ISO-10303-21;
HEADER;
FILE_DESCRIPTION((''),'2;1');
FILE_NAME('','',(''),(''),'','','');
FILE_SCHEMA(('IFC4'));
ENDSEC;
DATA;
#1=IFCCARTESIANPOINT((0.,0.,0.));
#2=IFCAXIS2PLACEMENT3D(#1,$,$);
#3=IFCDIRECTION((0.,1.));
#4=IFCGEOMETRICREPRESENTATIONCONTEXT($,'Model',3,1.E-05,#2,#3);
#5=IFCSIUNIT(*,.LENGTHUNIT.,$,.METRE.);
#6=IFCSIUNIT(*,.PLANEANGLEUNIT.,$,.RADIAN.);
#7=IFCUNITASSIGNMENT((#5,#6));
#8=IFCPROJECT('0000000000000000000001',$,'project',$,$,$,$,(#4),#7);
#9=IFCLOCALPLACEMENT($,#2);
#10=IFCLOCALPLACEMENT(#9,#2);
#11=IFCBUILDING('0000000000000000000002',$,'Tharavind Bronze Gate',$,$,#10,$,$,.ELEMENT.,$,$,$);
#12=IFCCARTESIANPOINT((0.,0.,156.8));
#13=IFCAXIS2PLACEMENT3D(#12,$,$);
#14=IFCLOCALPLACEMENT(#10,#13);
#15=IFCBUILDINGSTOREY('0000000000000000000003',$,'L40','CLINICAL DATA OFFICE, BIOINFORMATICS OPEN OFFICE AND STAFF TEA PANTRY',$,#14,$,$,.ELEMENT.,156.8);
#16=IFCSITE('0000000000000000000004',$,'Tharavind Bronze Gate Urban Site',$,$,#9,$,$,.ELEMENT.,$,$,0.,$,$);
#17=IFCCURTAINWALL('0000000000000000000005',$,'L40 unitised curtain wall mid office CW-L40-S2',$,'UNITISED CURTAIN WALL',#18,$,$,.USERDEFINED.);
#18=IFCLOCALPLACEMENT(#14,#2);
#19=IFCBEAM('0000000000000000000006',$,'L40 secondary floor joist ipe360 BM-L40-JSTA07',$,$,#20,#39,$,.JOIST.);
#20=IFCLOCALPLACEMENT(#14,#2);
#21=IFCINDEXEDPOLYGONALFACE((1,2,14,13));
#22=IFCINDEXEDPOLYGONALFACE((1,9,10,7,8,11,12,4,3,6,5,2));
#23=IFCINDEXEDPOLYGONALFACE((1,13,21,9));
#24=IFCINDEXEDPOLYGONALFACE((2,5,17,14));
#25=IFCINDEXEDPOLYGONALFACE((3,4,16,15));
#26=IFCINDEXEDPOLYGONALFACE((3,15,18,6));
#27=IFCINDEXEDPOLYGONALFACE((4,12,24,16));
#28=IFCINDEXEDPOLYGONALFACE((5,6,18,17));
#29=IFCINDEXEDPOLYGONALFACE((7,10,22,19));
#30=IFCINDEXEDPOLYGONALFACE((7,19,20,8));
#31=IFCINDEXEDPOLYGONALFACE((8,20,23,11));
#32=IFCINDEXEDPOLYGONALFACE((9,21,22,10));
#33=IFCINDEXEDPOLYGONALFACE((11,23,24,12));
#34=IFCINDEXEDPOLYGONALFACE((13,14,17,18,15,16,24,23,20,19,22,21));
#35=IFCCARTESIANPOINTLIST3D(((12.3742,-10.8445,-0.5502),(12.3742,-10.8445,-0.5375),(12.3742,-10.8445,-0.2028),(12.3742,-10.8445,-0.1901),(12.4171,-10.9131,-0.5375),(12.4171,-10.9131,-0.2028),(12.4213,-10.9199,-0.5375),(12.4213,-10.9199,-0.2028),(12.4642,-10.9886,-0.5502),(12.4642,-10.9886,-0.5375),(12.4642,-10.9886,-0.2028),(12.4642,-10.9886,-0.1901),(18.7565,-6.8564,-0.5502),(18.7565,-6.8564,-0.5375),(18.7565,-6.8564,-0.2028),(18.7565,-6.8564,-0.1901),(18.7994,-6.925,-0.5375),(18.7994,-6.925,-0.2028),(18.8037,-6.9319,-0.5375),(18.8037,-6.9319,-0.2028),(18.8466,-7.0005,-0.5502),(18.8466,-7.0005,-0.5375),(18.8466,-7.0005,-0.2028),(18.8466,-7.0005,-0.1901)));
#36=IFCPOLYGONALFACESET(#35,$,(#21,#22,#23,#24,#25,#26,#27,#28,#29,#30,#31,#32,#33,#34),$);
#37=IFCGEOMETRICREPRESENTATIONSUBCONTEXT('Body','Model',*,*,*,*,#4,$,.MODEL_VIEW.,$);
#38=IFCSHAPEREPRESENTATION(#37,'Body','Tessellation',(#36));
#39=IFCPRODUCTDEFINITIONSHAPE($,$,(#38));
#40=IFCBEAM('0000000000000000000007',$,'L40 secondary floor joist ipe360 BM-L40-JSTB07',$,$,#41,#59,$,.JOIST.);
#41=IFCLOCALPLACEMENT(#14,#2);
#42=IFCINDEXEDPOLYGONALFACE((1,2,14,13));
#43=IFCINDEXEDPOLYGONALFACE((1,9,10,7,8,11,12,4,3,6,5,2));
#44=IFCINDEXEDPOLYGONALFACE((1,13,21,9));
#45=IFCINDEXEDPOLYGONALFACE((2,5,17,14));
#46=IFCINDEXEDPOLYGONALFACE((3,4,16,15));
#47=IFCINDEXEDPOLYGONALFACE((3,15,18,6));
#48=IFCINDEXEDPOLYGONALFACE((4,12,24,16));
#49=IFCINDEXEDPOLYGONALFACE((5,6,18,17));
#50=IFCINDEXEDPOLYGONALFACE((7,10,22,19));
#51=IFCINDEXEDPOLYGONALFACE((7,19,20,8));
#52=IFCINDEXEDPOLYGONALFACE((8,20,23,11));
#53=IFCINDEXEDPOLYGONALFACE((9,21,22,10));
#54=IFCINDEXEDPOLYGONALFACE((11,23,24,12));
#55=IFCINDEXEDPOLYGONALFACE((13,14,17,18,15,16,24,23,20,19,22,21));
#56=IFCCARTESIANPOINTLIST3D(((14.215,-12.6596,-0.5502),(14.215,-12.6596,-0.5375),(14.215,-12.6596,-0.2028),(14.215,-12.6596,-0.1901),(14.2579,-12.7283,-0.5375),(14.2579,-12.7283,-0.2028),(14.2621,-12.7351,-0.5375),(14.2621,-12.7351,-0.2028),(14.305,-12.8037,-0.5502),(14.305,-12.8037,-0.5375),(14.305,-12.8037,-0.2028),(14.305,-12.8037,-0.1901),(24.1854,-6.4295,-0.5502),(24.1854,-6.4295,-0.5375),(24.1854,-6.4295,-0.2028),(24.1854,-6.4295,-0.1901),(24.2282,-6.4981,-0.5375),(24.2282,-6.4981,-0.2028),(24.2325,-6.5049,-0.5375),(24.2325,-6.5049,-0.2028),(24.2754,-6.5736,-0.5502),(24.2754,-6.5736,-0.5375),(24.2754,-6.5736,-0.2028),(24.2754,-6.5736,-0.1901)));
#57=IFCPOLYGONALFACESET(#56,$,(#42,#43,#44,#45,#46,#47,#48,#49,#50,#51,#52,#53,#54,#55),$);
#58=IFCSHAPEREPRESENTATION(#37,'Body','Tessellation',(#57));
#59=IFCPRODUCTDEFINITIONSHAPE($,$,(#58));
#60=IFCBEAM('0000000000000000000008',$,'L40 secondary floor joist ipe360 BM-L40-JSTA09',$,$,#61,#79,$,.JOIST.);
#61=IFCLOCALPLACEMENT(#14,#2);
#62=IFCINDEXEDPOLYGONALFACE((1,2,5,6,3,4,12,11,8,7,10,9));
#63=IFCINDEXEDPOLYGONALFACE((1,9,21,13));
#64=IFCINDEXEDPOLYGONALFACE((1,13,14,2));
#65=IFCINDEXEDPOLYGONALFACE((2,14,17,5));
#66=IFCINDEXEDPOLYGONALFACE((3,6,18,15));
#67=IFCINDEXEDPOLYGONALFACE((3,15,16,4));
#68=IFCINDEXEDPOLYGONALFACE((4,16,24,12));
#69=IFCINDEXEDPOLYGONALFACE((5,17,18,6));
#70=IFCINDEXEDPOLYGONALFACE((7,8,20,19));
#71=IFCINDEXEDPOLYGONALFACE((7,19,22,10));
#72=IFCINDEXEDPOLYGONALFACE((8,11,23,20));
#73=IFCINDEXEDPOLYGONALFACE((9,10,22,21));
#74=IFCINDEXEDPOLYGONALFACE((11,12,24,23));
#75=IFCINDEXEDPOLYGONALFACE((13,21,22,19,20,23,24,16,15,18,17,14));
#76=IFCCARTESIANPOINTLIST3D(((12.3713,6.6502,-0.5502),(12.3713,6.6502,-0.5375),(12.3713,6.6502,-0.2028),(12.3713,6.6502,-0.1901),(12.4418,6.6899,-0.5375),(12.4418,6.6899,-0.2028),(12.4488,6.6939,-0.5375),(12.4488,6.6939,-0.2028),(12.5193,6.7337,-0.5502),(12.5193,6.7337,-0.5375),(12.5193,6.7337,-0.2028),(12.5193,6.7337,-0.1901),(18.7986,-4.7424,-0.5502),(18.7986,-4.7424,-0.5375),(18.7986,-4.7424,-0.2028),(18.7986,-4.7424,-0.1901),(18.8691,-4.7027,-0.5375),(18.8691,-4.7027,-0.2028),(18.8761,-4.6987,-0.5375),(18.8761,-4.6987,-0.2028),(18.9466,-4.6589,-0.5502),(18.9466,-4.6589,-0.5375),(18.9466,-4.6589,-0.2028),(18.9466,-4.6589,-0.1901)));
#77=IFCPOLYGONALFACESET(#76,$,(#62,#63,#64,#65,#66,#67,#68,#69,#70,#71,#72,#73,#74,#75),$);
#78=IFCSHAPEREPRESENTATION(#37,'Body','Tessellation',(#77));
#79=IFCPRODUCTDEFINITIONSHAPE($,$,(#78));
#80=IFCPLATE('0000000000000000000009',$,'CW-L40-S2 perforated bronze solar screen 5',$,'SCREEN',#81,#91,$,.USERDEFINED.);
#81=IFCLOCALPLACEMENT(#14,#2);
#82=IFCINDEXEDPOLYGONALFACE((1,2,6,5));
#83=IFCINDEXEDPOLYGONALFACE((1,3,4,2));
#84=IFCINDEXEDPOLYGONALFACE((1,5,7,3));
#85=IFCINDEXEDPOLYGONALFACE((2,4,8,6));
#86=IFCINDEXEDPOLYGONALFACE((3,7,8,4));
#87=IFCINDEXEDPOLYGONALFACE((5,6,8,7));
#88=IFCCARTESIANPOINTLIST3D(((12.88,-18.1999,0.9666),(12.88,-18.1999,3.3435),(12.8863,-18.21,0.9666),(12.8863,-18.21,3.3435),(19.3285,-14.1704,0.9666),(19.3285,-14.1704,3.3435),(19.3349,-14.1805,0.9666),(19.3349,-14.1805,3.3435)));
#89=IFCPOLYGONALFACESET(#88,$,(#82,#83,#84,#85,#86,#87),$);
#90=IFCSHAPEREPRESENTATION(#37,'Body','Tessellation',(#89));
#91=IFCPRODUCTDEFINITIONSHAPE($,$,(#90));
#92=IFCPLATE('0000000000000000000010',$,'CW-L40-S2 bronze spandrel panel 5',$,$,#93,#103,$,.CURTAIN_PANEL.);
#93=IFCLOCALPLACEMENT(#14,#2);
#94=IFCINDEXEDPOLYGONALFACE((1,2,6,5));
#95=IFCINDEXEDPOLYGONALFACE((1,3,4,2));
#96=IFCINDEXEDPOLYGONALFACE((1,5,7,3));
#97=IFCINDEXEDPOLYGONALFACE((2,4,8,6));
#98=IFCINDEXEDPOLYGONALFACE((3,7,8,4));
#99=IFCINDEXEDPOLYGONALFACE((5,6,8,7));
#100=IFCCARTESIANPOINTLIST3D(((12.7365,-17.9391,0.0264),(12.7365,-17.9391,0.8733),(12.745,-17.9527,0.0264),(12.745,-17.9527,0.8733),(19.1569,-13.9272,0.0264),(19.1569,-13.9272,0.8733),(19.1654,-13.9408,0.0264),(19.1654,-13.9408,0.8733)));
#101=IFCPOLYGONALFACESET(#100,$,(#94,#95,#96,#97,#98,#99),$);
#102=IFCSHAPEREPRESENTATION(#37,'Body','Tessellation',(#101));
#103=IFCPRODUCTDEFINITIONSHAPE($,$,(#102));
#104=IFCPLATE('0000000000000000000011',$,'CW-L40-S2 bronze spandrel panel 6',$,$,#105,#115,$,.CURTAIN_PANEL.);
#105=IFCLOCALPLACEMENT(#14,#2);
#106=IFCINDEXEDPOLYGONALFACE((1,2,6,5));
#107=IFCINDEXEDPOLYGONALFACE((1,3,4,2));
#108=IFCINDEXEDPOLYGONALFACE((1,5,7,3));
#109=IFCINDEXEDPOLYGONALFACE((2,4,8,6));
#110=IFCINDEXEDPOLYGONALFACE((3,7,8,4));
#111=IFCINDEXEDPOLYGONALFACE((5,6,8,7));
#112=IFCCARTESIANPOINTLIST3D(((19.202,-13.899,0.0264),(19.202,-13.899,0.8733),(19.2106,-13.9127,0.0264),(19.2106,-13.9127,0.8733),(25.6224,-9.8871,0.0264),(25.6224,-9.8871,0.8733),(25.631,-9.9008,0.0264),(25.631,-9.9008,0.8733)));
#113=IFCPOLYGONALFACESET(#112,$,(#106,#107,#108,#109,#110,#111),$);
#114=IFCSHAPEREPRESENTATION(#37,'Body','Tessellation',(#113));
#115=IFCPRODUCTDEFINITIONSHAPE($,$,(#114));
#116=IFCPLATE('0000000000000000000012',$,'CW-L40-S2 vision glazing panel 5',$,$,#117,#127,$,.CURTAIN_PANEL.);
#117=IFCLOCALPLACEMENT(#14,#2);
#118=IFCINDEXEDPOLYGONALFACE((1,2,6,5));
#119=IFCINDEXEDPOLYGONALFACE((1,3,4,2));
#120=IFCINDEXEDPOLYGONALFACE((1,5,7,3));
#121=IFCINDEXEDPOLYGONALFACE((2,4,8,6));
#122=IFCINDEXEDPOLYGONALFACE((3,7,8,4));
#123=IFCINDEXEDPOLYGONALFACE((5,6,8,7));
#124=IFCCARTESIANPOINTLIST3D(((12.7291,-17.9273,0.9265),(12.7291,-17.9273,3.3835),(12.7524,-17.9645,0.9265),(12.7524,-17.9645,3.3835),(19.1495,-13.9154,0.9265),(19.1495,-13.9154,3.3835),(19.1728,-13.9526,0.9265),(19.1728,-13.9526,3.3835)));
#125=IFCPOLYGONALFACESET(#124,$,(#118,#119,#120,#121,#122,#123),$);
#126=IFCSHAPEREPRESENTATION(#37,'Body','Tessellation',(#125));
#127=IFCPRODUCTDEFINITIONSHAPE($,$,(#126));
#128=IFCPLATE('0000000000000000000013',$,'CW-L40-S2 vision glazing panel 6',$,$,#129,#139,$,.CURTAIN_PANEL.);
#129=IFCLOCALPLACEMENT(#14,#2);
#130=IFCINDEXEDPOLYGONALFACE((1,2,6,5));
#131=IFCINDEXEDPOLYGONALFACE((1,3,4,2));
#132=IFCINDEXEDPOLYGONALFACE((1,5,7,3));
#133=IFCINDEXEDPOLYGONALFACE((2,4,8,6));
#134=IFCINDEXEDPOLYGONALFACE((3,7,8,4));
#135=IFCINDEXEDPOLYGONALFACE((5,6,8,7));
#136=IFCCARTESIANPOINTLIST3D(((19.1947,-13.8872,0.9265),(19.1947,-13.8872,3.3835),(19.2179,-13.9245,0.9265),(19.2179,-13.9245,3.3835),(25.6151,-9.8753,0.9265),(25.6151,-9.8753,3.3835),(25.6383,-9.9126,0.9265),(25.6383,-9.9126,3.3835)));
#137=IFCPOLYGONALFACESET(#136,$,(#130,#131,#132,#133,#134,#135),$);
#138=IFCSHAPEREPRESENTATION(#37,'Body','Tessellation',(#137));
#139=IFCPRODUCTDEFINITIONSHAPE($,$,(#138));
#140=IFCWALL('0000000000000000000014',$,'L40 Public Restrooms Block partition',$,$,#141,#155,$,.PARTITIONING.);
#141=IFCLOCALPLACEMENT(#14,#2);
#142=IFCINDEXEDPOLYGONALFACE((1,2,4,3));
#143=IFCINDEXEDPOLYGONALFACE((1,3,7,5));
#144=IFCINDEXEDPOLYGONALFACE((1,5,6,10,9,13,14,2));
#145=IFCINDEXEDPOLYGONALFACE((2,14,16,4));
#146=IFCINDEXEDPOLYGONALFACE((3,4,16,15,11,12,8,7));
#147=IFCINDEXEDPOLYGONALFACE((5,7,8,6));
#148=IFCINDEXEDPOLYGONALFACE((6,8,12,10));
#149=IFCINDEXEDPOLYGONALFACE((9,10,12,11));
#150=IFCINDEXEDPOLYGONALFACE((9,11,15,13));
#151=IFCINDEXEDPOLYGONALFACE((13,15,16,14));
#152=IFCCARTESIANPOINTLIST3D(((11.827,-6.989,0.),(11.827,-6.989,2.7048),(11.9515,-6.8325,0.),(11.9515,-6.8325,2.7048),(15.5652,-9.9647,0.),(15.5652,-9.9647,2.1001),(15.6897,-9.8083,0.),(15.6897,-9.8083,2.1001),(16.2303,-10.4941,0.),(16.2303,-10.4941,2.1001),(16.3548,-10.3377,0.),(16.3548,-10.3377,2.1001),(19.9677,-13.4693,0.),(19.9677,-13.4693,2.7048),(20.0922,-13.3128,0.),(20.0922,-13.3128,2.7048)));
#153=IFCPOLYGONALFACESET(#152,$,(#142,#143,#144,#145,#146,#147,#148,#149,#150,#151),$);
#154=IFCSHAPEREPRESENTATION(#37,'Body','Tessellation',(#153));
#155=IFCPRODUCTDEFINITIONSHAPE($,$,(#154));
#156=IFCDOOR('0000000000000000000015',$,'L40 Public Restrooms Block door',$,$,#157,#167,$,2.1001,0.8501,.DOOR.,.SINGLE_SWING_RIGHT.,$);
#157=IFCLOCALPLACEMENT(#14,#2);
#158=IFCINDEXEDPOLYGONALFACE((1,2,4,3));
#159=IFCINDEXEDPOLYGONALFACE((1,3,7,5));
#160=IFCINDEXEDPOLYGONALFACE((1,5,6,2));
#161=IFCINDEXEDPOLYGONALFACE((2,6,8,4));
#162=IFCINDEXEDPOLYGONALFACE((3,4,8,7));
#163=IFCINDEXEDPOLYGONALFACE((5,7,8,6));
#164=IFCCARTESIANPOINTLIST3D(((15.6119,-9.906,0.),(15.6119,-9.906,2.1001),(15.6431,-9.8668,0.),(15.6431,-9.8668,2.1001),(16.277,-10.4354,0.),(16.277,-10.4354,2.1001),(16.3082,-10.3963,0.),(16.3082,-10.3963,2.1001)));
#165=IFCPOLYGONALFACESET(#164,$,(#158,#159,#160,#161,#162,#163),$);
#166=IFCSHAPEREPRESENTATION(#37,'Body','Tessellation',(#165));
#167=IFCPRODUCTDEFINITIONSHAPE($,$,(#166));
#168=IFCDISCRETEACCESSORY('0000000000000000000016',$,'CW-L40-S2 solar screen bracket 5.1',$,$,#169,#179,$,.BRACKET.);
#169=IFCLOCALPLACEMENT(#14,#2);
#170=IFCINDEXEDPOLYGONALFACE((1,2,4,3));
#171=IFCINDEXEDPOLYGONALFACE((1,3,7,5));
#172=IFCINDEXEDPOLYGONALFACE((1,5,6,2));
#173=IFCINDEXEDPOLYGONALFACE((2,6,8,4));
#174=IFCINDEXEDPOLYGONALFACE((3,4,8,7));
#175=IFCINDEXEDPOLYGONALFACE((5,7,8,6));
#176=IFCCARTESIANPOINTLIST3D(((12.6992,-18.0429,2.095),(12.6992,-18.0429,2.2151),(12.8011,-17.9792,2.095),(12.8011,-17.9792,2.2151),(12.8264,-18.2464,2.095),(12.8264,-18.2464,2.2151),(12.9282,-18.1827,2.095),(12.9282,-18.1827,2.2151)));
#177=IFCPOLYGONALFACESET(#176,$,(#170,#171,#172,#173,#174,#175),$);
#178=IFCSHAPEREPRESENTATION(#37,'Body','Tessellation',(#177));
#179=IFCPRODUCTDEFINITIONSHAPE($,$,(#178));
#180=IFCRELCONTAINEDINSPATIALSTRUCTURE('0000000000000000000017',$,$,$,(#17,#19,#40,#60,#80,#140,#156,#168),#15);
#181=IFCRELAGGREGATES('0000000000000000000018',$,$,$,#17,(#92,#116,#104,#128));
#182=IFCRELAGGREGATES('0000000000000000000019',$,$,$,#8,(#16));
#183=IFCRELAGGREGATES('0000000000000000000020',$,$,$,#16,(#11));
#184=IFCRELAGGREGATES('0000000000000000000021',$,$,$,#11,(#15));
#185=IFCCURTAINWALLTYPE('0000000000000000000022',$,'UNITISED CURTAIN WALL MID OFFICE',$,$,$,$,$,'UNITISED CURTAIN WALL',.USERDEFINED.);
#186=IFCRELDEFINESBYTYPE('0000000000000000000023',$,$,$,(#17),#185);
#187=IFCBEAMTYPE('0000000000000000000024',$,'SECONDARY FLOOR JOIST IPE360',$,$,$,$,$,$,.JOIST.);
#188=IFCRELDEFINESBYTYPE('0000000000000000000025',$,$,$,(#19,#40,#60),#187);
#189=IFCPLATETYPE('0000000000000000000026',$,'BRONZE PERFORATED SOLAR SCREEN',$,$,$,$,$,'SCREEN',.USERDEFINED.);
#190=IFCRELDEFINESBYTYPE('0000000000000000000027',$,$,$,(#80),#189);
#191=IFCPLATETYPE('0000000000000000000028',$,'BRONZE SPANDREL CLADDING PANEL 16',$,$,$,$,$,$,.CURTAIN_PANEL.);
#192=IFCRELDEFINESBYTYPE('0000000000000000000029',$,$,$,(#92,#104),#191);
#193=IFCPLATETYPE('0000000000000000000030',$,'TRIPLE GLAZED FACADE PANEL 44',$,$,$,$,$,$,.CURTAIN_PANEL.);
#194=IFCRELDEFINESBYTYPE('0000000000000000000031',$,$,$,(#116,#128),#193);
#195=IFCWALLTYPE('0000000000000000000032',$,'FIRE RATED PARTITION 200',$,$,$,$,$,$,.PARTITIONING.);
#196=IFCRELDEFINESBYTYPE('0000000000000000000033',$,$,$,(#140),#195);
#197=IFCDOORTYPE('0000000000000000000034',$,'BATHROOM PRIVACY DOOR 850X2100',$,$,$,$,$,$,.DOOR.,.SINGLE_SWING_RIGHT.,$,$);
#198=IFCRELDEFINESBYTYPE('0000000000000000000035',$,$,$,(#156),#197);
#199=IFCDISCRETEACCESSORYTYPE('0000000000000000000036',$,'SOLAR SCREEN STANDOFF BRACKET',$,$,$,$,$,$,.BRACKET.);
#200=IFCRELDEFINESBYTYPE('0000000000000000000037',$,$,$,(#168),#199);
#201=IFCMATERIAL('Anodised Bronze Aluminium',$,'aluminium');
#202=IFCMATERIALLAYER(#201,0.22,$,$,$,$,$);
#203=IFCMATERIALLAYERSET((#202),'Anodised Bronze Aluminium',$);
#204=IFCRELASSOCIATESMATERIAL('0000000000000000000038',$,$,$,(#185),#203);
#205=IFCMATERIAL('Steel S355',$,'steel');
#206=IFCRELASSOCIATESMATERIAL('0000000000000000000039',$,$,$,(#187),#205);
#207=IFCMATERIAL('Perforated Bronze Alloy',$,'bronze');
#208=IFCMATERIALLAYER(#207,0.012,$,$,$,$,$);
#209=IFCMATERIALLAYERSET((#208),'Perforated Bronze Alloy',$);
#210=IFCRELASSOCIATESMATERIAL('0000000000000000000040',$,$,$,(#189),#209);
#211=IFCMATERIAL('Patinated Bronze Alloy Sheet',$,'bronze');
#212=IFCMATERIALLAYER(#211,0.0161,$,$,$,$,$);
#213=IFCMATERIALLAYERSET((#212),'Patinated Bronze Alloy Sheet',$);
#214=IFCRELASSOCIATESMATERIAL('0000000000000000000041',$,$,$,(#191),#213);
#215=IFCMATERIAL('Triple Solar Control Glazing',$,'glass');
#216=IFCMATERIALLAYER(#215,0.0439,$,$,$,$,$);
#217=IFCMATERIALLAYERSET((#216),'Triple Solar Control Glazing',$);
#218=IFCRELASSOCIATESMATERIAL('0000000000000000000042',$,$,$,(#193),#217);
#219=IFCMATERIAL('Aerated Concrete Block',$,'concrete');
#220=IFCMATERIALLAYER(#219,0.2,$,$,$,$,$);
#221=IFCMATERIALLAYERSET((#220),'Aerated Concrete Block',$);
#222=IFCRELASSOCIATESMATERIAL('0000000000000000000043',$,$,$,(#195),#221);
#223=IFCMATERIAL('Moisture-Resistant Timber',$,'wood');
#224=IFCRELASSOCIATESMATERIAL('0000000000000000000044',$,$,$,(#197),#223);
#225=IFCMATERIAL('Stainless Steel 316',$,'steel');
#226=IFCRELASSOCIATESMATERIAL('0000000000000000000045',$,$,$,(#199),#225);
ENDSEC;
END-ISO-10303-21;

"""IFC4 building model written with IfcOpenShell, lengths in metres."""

from ifc_helpers import new_model, si_unit, direction, frame, frame_2d, origin, origin_2d, place, context, subcontext, project, spatial, rectangle, i_section, extrude, material, layer, layer_set, material_profile, profile_set, type_object, element, fill, aggregate, save


model = new_model("IFC4")

# Units and contexts
model_context = context("Model", 3, precision=1e-05, world=origin(), true_north=direction((0.0, 1.0)))
body_context = subcontext(model_context, "Body", "Model", "MODEL_VIEW")
ifc_project = project(units=[si_unit("LENGTHUNIT", "METRE"), si_unit("PLANEANGLEUNIT", "RADIAN")], contexts=[model_context])

# Site, building, storey
site_placement = place(None, origin())
site = spatial("IfcSite", under=ifc_project, at=site_placement, Name="Tharavind Bronze Gate Urban Site", CompositionType="ELEMENT", RefElevation=0.0)
building_placement = place(site_placement, origin())
building = spatial("IfcBuilding", under=site, at=building_placement, Name="Tharavind Bronze Gate", CompositionType="ELEMENT")
storey_placement = place(building_placement, frame((0.0, 0.0, 156.8)))
storey = spatial("IfcBuildingStorey", under=building, at=storey_placement, Name="L40", Description="CLINICAL DATA OFFICE, BIOINFORMATICS OPEN OFFICE AND STAFF TEA PANTRY", CompositionType="ELEMENT", Elevation=156.8)

# Curtain wall
ifc_material_1 = material(Name="Anodised Bronze Aluminium", Category="aluminium")
ifc_layer_1 = layer(ifc_material_1, 0.22)
ifc_layer_set_1 = layer_set([ifc_layer_1], Name="Anodised Bronze Aluminium")
curtain_wall_type = type_object("IfcCurtainWallType", Name="UNITISED CURTAIN WALL MID OFFICE", ElementType="UNITISED CURTAIN WALL", PredefinedType="USERDEFINED", material=ifc_layer_set_1)
curtain_wall_placement = place(storey_placement, origin())
curtain_wall = element("IfcCurtainWall", 1, at=curtain_wall_placement, inside=storey, type_object=curtain_wall_type, Name="L40 unitised curtain wall mid office CW-L40-S2", ObjectType="UNITISED CURTAIN WALL", PredefinedType="USERDEFINED")

# Beams
ifc_material_2 = material(Name="Steel S355", Category="steel")
ifc_material_profile_1 = material_profile(ifc_material_2, i_section(OverallWidth=0.1699, OverallDepth=0.3601, WebThickness=0.0081, FlangeThickness=0.0127, at=origin_2d()), Name="IPE360")
ifc_profile_set_1 = profile_set([ifc_material_profile_1], Name="Steel S355")
beam_type_1 = type_object("IfcBeamType", Name="SECONDARY FLOOR JOIST IPE360", PredefinedType="JOIST", material=ifc_profile_set_1)
beam_1_placement = place(storey_placement, frame((12.4192, -10.9165, -0.3701), z_axis=(0.848053, 0.529911, 0.0), x_axis=(-0.529911, 0.848053, 0.0)))
element("IfcBeam", 2, at=beam_1_placement, inside=storey, type_object=beam_type_1, Name="L40 secondary floor joist ipe360 BM-L40-JSTA07", PredefinedType="JOIST", context=body_context, shape_type="SweptSolid", body=[
    extrude(i_section(OverallWidth=0.1699, OverallDepth=0.3601, WebThickness=0.0081, FlangeThickness=0.0127, at=origin_2d()), origin(), (0.0, 0.0, 1.0), 7.5259),
])
beam_2_placement = place(storey_placement, frame((14.26, -12.7317, -0.3701), z_axis=(0.848048, 0.529919, 0.0), x_axis=(-0.529919, 0.848048, 0.0)))
element("IfcBeam", 3, at=beam_2_placement, inside=storey, type_object=beam_type_1, Name="L40 secondary floor joist ipe360 BM-L40-JSTB07", PredefinedType="JOIST", context=body_context, shape_type="SweptSolid", body=[
    extrude(i_section(OverallWidth=0.1699, OverallDepth=0.3601, WebThickness=0.0081, FlangeThickness=0.0127, at=origin_2d()), origin(), (0.0, 0.0, 1.0), 11.7568),
])
beam_3_placement = place(storey_placement, frame((18.8726, -4.7007, -0.3701), z_axis=(-0.49136, 0.870957, 0.0), x_axis=(-0.870957, -0.49136, 0.0)))
element("IfcBeam", 4, at=beam_3_placement, inside=storey, type_object=beam_type_1, Name="L40 secondary floor joist ipe360 BM-L40-JSTA09", PredefinedType="JOIST", context=body_context, shape_type="SweptSolid", body=[
    extrude(i_section(OverallWidth=0.1699, OverallDepth=0.3601, WebThickness=0.0081, FlangeThickness=0.0127, at=origin_2d()), origin(), (0.0, 0.0, 1.0), 13.0806),
])

# Plates
ifc_material_3 = material(Name="Perforated Bronze Alloy", Category="bronze")
ifc_layer_2 = layer(ifc_material_3, 0.012)
ifc_layer_set_2 = layer_set([ifc_layer_2], Name="Perforated Bronze Alloy")
plate_type_1 = type_object("IfcPlateType", Name="BRONZE PERFORATED SOLAR SCREEN", ElementType="SCREEN", PredefinedType="USERDEFINED", material=ifc_layer_set_2)
plate_1_placement = place(storey_placement, frame((16.1074, -16.1902, 0.9666), z_axis=(0.0, 0.0, 1.0), x_axis=(0.848048, 0.529919, 0.0)))
element("IfcPlate", 5, at=plate_1_placement, inside=storey, type_object=plate_type_1, Name="CW-L40-S2 perforated bronze solar screen 5", ObjectType="SCREEN", PredefinedType="USERDEFINED", context=body_context, shape_type="SweptSolid", body=[
    extrude(rectangle(XDim=7.604, YDim=0.012, at=origin_2d()), origin(), (0.0, 0.0, 1.0), 2.377),
])
ifc_material_4 = material(Name="Patinated Bronze Alloy Sheet", Category="bronze")
ifc_layer_3 = layer(ifc_material_4, 0.0161)
ifc_layer_set_3 = layer_set([ifc_layer_3], Name="Patinated Bronze Alloy Sheet")
plate_type_2 = type_object("IfcPlateType", Name="BRONZE SPANDREL CLADDING PANEL 16", PredefinedType="CURTAIN_PANEL", material=ifc_layer_set_3)
plate_2_placement = place(storey_placement, frame((15.9509, -15.9399, 0.0264), z_axis=(0.0, 0.0, 1.0), x_axis=(0.848048, 0.529919, 0.0)))
plate_2 = element("IfcPlate", 6, at=plate_2_placement, type_object=plate_type_2, Name="CW-L40-S2 bronze spandrel panel 5", PredefinedType="CURTAIN_PANEL", context=body_context, shape_type="SweptSolid", body=[
    extrude(rectangle(XDim=7.5708, YDim=0.0161, at=origin_2d()), origin(), (0.0, 0.0, 1.0), 0.8469),
])
plate_3_placement = place(storey_placement, frame((22.4165, -11.8999, 0.0264), z_axis=(0.0, 0.0, 1.0), x_axis=(0.848048, 0.529919, 0.0)))
plate_3 = element("IfcPlate", 7, at=plate_3_placement, type_object=plate_type_2, Name="CW-L40-S2 bronze spandrel panel 6", PredefinedType="CURTAIN_PANEL", context=body_context, shape_type="SweptSolid", body=[
    extrude(rectangle(XDim=7.5708, YDim=0.0161, at=origin_2d()), origin(), (0.0, 0.0, 1.0), 0.8469),
])
ifc_material_5 = material(Name="Triple Solar Control Glazing", Category="glass")
ifc_layer_4 = layer(ifc_material_5, 0.0439)
ifc_layer_set_4 = layer_set([ifc_layer_4], Name="Triple Solar Control Glazing")
plate_type_3 = type_object("IfcPlateType", Name="TRIPLE GLAZED FACADE PANEL 44", PredefinedType="CURTAIN_PANEL", material=ifc_layer_set_4)
plate_4_placement = place(storey_placement, frame((15.9509, -15.9399, 0.9265), z_axis=(0.0, 0.0, 1.0), x_axis=(0.848048, 0.529919, 0.0)))
plate_4 = element("IfcPlate", 8, at=plate_4_placement, type_object=plate_type_3, Name="CW-L40-S2 vision glazing panel 5", PredefinedType="CURTAIN_PANEL", context=body_context, shape_type="SweptSolid", body=[
    extrude(rectangle(XDim=7.5708, YDim=0.0439, at=origin_2d()), origin(), (0.0, 0.0, 1.0), 2.457),
])
plate_5_placement = place(storey_placement, frame((22.4165, -11.8999, 0.9265), z_axis=(0.0, 0.0, 1.0), x_axis=(0.848048, 0.529919, 0.0)))
plate_5 = element("IfcPlate", 9, at=plate_5_placement, type_object=plate_type_3, Name="CW-L40-S2 vision glazing panel 6", PredefinedType="CURTAIN_PANEL", context=body_context, shape_type="SweptSolid", body=[
    extrude(rectangle(XDim=7.5708, YDim=0.0439, at=origin_2d()), origin(), (0.0, 0.0, 1.0), 2.457),
])
aggregate(curtain_wall, [plate_2, plate_4, plate_3, plate_5])

# Wall, opening, door
ifc_material_6 = material(Name="Aerated Concrete Block", Category="concrete")
ifc_layer_5 = layer(ifc_material_6, 0.2)
ifc_layer_set_5 = layer_set([ifc_layer_5], Name="Aerated Concrete Block")
wall_type = type_object("IfcWallType", Name="FIRE RATED PARTITION 200", PredefinedType="PARTITIONING", material=ifc_layer_set_5)
wall_placement = place(storey_placement, frame((20.03, -13.3911, 0.0), z_axis=(0.0, 0.0, 1.0), x_axis=(-0.78238, 0.622802, 0.0)))
wall = element("IfcWall", 10, at=wall_placement, inside=storey, type_object=wall_type, Name="L40 Public Restrooms Block partition", PredefinedType="PARTITIONING", context=body_context, shape_type="SweptSolid", body=[
    extrude(rectangle(XDim=10.405, YDim=0.2, at=frame_2d((5.2026, 0.0))), origin(), (0.0, 0.0, 1.0), 2.7048),
])
opening_placement = place(wall_placement, frame((4.7771, 0.0, 0.0)))
opening = element("IfcOpeningElement", 11, at=opening_placement, cuts=wall, PredefinedType="OPENING", context=body_context, shape_type="SweptSolid", body=[
    extrude(rectangle(XDim=0.8501, YDim=2.1001, at=frame_2d((0.425, 1.05))), frame((0.0, 0.1101, 0.0), z_axis=(0.0, -1.0, 0.0), x_axis=(1.0, 0.0, 0.0)), (0.0, 0.0, 1.0), 0.22),
])
ifc_material_7 = material(Name="Moisture-Resistant Timber", Category="wood")
door_type = type_object("IfcDoorType", Name="BATHROOM PRIVACY DOOR 850X2100", OperationType="SINGLE_SWING_RIGHT", PredefinedType="DOOR", material=ifc_material_7)
door_placement = place(opening_placement, origin())
door = element("IfcDoor", 12, at=door_placement, inside=storey, type_object=door_type, Name="L40 Public Restrooms Block door", OperationType="SINGLE_SWING_RIGHT", OverallHeight=2.1001, OverallWidth=0.8501, PredefinedType="DOOR", context=body_context, shape_type="SweptSolid", body=[
    extrude(rectangle(XDim=0.8501, YDim=2.1001, at=frame_2d((0.425, 1.05))), frame((0.0, 0.0249, 0.0), z_axis=(0.0, -1.0, 0.0), x_axis=(1.0, 0.0, 0.0)), (0.0, 0.0, 1.0), 0.05),
])
fill(opening, door)

# Discrete accessory
ifc_material_8 = material(Name="Stainless Steel 316", Category="steel")
discrete_accessory_type = type_object("IfcDiscreteAccessoryType", Name="SOLAR SCREEN STANDOFF BRACKET", PredefinedType="BRACKET", material=ifc_material_8)
for number, where, z_axis, x_axis, name in (
    (13, (12.8137, -18.1128, 2.095), (0.0, 0.0, 1.0), (0.848048, 0.529919, 0.0), "CW-L40-S2 solar screen bracket 5.1"),
):
    element("IfcDiscreteAccessory", number, at=place(storey_placement, frame(where, z_axis=z_axis, x_axis=x_axis)), inside=storey, type_object=discrete_accessory_type, Name=name, PredefinedType="BRACKET", context=body_context, shape_type="SweptSolid", body=[
        extrude(rectangle(XDim=0.1201, YDim=0.24, at=origin_2d()), origin(), (0.0, 0.0, 1.0), 0.1201),
    ])

save(model, "model.ifc")
